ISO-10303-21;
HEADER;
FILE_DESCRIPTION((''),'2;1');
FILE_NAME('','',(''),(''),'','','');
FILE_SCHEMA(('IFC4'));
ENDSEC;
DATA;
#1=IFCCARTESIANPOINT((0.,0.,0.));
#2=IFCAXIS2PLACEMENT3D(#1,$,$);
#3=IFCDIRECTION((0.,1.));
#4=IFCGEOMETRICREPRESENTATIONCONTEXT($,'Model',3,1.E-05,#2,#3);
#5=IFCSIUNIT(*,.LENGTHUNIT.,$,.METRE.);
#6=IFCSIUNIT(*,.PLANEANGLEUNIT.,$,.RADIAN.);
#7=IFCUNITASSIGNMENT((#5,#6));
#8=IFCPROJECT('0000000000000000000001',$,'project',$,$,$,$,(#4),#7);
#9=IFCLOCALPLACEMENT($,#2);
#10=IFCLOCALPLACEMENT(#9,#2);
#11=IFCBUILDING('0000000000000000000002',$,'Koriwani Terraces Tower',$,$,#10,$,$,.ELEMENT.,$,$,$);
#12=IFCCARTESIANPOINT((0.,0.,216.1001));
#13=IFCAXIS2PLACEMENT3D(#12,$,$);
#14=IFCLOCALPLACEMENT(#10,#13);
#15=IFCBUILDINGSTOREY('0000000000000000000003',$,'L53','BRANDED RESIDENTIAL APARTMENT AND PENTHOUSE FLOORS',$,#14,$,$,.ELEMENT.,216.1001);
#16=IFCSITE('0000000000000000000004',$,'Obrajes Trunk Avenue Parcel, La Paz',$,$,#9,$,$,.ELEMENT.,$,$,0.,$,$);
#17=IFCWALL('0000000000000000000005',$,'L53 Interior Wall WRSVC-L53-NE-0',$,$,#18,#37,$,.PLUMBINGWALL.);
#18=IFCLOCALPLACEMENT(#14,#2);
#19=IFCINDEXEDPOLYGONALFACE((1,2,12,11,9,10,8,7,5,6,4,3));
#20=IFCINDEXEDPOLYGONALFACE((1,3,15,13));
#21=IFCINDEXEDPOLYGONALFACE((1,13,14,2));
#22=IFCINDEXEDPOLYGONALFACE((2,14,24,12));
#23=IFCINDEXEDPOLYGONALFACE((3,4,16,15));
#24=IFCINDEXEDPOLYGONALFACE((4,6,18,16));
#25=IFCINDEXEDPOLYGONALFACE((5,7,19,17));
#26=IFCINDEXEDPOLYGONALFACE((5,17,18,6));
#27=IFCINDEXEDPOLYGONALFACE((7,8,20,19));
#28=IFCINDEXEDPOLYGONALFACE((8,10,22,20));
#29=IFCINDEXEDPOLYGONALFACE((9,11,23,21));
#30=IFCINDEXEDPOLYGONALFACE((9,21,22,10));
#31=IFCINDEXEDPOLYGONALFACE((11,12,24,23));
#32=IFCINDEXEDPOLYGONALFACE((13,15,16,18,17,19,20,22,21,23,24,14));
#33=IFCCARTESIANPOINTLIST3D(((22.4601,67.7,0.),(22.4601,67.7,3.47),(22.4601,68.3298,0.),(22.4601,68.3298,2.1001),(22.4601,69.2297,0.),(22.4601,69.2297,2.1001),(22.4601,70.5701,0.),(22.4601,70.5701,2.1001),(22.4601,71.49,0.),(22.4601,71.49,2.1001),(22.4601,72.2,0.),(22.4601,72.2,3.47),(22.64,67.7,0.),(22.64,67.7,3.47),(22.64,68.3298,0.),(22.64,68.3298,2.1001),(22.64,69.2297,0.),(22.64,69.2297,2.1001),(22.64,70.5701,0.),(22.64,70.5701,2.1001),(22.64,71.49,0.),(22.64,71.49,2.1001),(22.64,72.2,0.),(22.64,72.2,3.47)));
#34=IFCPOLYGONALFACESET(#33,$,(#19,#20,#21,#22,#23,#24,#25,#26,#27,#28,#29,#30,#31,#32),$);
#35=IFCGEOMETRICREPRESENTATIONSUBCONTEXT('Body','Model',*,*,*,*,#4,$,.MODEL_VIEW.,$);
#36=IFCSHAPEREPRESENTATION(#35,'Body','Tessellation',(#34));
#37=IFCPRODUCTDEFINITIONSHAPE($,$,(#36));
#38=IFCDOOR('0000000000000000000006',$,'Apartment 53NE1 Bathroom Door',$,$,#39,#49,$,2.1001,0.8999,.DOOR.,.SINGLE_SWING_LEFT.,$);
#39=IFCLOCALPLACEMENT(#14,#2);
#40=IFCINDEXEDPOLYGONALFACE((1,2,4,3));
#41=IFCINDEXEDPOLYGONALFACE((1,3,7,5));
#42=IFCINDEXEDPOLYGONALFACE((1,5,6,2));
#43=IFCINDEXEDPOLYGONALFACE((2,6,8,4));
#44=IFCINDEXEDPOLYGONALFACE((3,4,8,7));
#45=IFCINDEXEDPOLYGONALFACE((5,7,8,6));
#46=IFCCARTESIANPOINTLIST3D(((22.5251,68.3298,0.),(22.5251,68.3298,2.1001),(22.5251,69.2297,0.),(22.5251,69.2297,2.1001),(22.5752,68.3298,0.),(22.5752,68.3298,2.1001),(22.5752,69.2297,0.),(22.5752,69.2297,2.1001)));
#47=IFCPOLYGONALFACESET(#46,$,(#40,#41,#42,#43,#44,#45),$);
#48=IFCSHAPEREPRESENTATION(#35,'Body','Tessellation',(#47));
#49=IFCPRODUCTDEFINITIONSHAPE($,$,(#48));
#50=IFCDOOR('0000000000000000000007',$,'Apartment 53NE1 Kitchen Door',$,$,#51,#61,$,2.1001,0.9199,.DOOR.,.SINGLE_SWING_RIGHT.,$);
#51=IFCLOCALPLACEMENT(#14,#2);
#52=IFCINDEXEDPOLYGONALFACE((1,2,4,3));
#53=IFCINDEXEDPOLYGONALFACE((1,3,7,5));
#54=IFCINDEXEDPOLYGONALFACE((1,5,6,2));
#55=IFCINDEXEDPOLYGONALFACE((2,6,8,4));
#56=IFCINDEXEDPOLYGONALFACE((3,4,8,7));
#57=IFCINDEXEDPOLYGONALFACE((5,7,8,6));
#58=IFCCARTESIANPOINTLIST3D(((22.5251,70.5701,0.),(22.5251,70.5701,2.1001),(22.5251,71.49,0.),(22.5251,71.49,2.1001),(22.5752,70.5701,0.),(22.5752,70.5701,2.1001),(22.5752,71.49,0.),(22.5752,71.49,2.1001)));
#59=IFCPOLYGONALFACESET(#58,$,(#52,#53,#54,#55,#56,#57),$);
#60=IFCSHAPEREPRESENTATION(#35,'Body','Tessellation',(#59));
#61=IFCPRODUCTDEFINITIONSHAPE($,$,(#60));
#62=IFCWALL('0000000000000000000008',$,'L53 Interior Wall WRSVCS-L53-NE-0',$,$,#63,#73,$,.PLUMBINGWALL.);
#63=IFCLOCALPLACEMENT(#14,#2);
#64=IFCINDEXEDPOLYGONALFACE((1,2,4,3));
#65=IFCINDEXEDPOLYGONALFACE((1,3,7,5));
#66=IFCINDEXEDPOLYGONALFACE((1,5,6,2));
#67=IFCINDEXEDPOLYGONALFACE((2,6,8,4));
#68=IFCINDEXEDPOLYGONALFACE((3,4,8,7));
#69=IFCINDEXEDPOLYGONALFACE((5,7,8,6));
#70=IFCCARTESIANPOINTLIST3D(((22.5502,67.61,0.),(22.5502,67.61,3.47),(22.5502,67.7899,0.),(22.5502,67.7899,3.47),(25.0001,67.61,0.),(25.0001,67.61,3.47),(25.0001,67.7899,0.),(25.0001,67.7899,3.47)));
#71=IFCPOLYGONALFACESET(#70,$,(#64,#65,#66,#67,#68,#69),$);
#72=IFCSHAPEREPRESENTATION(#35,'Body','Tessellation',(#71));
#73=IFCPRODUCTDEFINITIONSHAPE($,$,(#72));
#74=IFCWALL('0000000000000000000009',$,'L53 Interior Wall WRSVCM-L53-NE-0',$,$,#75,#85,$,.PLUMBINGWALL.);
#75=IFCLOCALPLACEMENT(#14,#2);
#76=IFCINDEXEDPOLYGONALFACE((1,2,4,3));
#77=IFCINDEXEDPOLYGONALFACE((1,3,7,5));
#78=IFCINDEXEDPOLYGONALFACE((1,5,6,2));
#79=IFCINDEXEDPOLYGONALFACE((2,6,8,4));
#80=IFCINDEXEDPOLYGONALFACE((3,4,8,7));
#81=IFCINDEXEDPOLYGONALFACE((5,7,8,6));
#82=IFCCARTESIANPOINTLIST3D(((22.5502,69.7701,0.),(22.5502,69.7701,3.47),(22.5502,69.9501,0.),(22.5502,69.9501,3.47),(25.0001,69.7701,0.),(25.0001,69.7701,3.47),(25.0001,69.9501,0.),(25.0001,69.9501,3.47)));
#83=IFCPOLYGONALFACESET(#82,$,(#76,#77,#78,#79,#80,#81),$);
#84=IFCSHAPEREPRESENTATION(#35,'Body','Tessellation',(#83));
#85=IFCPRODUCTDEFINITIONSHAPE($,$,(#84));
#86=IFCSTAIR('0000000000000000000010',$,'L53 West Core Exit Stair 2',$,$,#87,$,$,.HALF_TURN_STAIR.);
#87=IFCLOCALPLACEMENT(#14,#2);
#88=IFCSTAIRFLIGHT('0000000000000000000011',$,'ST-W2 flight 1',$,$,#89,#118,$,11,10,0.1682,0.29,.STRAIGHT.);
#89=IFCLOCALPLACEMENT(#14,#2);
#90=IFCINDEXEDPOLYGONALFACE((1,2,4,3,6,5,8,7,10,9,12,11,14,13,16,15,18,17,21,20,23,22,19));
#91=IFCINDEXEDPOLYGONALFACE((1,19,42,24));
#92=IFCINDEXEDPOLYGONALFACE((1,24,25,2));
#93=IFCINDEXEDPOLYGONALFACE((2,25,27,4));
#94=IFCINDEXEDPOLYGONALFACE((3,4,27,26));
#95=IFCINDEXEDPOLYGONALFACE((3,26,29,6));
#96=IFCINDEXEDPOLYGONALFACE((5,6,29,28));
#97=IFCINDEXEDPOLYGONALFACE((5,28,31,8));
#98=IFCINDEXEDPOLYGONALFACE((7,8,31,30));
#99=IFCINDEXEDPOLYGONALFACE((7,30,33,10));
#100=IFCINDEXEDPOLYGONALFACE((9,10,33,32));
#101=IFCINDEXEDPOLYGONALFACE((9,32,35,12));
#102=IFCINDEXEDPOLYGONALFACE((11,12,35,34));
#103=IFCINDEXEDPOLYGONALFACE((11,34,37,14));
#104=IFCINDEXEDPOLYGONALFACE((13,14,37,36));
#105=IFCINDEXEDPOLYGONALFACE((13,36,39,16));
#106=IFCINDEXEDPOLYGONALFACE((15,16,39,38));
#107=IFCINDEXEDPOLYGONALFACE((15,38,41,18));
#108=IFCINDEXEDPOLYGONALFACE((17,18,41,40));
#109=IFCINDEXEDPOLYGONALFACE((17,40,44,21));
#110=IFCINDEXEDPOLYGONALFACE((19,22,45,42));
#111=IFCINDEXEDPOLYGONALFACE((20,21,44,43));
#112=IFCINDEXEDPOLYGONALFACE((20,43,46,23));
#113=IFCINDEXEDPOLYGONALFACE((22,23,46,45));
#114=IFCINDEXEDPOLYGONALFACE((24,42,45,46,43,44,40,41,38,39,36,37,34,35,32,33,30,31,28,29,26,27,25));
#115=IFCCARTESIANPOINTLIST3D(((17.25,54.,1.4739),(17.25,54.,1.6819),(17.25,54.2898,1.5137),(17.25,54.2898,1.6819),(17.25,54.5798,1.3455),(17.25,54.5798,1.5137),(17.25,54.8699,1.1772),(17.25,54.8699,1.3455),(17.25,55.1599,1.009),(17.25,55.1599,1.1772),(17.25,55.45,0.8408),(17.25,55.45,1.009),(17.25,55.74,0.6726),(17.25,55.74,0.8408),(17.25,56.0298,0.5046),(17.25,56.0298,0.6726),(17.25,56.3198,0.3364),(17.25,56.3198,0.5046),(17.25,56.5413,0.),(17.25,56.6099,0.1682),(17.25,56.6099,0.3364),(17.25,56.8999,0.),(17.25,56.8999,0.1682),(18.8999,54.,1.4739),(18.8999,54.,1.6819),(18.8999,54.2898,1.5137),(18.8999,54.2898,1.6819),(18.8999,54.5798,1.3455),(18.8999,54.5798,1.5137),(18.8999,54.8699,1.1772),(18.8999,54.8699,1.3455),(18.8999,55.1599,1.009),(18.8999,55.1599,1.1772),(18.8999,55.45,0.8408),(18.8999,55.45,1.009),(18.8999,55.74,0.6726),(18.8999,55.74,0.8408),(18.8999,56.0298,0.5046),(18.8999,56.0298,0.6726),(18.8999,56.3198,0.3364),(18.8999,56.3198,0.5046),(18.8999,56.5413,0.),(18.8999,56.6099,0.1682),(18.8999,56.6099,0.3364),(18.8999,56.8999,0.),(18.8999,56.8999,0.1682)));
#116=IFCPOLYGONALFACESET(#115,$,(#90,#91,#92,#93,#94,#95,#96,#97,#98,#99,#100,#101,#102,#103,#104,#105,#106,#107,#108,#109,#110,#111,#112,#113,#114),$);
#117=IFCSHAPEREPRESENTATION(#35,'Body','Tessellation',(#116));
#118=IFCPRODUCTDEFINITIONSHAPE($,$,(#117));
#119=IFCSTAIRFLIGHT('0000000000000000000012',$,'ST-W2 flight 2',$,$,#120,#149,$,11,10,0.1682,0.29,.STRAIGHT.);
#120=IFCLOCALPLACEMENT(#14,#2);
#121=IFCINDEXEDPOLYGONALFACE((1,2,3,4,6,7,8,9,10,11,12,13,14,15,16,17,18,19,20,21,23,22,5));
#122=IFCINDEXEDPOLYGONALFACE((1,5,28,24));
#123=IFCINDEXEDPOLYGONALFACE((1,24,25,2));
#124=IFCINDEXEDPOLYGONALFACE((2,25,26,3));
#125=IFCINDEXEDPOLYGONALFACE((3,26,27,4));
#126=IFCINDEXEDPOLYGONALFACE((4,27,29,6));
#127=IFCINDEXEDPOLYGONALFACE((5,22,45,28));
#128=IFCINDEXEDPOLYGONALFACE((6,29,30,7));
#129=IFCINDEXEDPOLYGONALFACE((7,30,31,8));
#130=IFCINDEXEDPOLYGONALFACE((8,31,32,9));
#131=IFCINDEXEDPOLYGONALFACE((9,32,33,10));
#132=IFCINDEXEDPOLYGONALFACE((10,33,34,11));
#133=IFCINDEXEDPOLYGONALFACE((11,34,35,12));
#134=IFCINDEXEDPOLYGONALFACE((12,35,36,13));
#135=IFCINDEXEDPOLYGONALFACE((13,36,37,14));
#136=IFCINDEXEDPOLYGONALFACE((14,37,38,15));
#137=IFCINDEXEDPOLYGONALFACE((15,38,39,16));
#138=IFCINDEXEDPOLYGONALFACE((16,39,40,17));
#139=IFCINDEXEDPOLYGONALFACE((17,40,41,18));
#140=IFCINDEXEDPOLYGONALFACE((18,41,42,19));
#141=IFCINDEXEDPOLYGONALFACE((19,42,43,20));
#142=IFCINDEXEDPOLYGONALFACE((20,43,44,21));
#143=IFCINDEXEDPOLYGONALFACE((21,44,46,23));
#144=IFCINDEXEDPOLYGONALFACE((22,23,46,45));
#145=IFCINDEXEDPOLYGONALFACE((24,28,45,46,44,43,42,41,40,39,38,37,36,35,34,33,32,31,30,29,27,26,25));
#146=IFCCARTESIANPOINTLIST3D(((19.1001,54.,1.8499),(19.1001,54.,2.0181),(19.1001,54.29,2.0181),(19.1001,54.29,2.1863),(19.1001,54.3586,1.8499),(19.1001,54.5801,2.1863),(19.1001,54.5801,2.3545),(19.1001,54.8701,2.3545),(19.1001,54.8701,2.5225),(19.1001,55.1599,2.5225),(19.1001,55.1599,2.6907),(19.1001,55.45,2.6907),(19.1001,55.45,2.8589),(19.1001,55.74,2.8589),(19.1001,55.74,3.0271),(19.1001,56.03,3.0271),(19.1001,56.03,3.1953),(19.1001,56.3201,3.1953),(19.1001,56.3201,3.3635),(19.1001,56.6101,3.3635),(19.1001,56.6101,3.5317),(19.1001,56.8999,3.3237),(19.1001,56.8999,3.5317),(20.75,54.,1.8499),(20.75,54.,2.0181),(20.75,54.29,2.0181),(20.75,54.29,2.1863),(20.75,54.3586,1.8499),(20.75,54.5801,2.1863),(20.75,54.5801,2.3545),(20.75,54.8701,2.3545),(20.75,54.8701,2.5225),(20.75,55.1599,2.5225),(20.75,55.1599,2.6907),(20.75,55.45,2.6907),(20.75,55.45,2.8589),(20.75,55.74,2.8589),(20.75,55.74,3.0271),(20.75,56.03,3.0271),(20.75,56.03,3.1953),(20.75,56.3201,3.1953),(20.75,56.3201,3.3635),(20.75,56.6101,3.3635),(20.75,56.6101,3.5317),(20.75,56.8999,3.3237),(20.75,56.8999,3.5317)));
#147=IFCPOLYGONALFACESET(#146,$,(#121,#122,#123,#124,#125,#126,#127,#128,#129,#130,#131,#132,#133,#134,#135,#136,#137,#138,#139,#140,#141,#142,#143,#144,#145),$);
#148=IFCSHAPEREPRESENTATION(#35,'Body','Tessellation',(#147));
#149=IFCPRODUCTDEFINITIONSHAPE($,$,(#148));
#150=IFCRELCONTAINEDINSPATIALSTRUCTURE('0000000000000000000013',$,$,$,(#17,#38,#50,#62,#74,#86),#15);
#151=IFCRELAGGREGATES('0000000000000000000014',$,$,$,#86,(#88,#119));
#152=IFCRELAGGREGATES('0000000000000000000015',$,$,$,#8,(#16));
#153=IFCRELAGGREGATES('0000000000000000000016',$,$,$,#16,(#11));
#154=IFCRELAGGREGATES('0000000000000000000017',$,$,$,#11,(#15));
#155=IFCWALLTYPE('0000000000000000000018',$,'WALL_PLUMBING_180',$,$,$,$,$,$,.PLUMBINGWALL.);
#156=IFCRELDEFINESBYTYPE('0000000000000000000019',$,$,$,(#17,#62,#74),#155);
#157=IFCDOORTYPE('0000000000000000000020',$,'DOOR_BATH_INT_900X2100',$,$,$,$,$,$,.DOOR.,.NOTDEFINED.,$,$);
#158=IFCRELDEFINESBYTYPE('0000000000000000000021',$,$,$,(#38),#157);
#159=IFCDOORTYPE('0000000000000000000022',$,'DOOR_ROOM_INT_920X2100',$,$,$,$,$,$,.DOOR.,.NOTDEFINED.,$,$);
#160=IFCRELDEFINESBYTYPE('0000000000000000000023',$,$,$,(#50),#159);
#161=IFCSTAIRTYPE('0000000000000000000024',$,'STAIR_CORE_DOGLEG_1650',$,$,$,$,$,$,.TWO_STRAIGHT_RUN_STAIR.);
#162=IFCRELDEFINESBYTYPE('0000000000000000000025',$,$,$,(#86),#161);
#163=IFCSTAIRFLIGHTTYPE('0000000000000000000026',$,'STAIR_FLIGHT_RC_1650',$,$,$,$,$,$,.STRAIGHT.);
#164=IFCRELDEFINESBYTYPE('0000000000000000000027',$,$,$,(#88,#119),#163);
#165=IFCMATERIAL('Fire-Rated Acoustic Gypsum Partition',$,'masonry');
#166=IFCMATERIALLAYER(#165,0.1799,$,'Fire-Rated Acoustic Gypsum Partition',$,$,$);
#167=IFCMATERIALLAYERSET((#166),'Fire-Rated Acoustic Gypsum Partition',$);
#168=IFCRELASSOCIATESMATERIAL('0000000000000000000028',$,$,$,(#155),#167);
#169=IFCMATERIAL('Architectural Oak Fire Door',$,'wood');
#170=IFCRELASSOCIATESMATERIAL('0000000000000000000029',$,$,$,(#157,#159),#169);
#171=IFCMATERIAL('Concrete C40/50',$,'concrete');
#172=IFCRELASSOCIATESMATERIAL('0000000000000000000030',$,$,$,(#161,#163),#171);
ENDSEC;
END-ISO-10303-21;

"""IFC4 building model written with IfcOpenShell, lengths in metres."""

from ifc_helpers import new_model, si_unit, direction, frame, frame_2d, origin, place, context, subcontext, project, spatial, polyline, rectangle, outline, extrude, material, layer, layer_set, type_object, element, fill, aggregate, save


model = new_model("IFC4")

# Units and contexts
model_context = context("Model", 3, precision=1e-05, world=origin(), true_north=direction((0.0, 1.0)))
body_context = subcontext(model_context, "Body", "Model", "MODEL_VIEW")
ifc_project = project(units=[si_unit("LENGTHUNIT", "METRE"), si_unit("PLANEANGLEUNIT", "RADIAN")], contexts=[model_context])

# Site, building, storey
site_placement = place(None, origin())
site = spatial("IfcSite", under=ifc_project, at=site_placement, Name="Obrajes Trunk Avenue Parcel, La Paz", CompositionType="ELEMENT", RefElevation=0.0)
building_placement = place(site_placement, origin())
building = spatial("IfcBuilding", under=site, at=building_placement, Name="Koriwani Terraces Tower", CompositionType="ELEMENT")
storey_placement = place(building_placement, frame((0.0, 0.0, 216.1001)))
storey = spatial("IfcBuildingStorey", under=building, at=storey_placement, Name="L53", Description="BRANDED RESIDENTIAL APARTMENT AND PENTHOUSE FLOORS", CompositionType="ELEMENT", Elevation=216.1001)

# Shared definitions
ifc_material_1 = material(Name="Concrete C40/50", Category="concrete")

# Shared definitions
ifc_material_2 = material(Name="Architectural Oak Fire Door", Category="wood")

# Wall, openings, doors
ifc_material_3 = material(Name="Fire-Rated Acoustic Gypsum Partition", Category="masonry")
ifc_layer_1 = layer(ifc_material_3, 0.1799, Name="Fire-Rated Acoustic Gypsum Partition")
ifc_layer_set_1 = layer_set([ifc_layer_1], Name="Fire-Rated Acoustic Gypsum Partition")
wall_type_1 = type_object("IfcWallType", Name="WALL_PLUMBING_180", PredefinedType="PLUMBINGWALL", material=ifc_layer_set_1)
wall_1_placement = place(storey_placement, frame((22.55, 67.7, 0.0), z_axis=(0.0, 0.0, 1.0), x_axis=(0.0, 1.0, 0.0)))
wall_1 = element("IfcWall", 1, at=wall_1_placement, inside=storey, type_object=wall_type_1, Name="L53 Interior Wall WRSVC-L53-NE-0", PredefinedType="PLUMBINGWALL", context=body_context, shape_type="SweptSolid", body=[
    extrude(rectangle(XDim=4.5, YDim=0.1799, at=frame_2d((2.25, 0.0))), origin(), (0.0, 0.0, 1.0), 3.47),
])
opening_1_placement = place(wall_1_placement, frame((0.6299, 0.0, 0.0)))
opening_1 = element("IfcOpeningElement", 2, at=opening_1_placement, cuts=wall_1, PredefinedType="OPENING", context=body_context, shape_type="SweptSolid", body=[
    extrude(rectangle(XDim=0.8999, YDim=2.1001, at=frame_2d((0.45, 1.05))), frame((0.0, 0.1001, 0.0), z_axis=(0.0, -1.0, 0.0), x_axis=(1.0, 0.0, 0.0)), (0.0, 0.0, 1.0), 0.2),
])
opening_2_placement = place(wall_1_placement, frame((2.8701, 0.0, 0.0)))
opening_2 = element("IfcOpeningElement", 3, at=opening_2_placement, cuts=wall_1, PredefinedType="OPENING", context=body_context, shape_type="SweptSolid", body=[
    extrude(rectangle(XDim=0.9199, YDim=2.1001, at=frame_2d((0.46, 1.05))), frame((0.0, 0.1001, 0.0), z_axis=(0.0, -1.0, 0.0), x_axis=(1.0, 0.0, 0.0)), (0.0, 0.0, 1.0), 0.2),
])
door_type_1 = type_object("IfcDoorType", Name="DOOR_BATH_INT_900X2100", OperationType="NOTDEFINED", PredefinedType="DOOR", material=ifc_material_2)
door_1_placement = place(opening_1_placement, origin())
door_1 = element("IfcDoor", 4, at=door_1_placement, inside=storey, type_object=door_type_1, Name="Apartment 53NE1 Bathroom Door", OperationType="SINGLE_SWING_LEFT", OverallHeight=2.1001, OverallWidth=0.8999, PredefinedType="DOOR", context=body_context, shape_type="SweptSolid", body=[
    extrude(rectangle(XDim=0.8999, YDim=2.1001, at=frame_2d((0.45, 1.05))), frame((0.0, 0.0249, 0.0), z_axis=(0.0, -1.0, 0.0), x_axis=(1.0, 0.0, 0.0)), (0.0, 0.0, 1.0), 0.05),
])
fill(opening_1, door_1)
door_type_2 = type_object("IfcDoorType", Name="DOOR_ROOM_INT_920X2100", OperationType="NOTDEFINED", PredefinedType="DOOR", material=ifc_material_2)
door_2_placement = place(opening_2_placement, origin())
door_2 = element("IfcDoor", 5, at=door_2_placement, inside=storey, type_object=door_type_2, Name="Apartment 53NE1 Kitchen Door", OperationType="SINGLE_SWING_RIGHT", OverallHeight=2.1001, OverallWidth=0.9199, PredefinedType="DOOR", context=body_context, shape_type="SweptSolid", body=[
    extrude(rectangle(XDim=0.9199, YDim=2.1001, at=frame_2d((0.46, 1.05))), frame((0.0, 0.0249, 0.0), z_axis=(0.0, -1.0, 0.0), x_axis=(1.0, 0.0, 0.0)), (0.0, 0.0, 1.0), 0.05),
])
fill(opening_2, door_2)

# Walls
for number, where, z_axis, x_axis, name in (
    (6, (22.55, 67.7, 0.0), (0.0, 0.0, 1.0), (1.0, 0.0, 0.0), "L53 Interior Wall WRSVCS-L53-NE-0"),
    (7, (22.55, 69.8601, 0.0), (0.0, 0.0, 1.0), (1.0, 0.0, 0.0), "L53 Interior Wall WRSVCM-L53-NE-0"),
):
    element("IfcWall", number, at=place(storey_placement, frame(where, z_axis=z_axis, x_axis=x_axis)), inside=storey, type_object=wall_type_1, Name=name, PredefinedType="PLUMBINGWALL", context=body_context, shape_type="SweptSolid", body=[
        extrude(rectangle(XDim=2.45, YDim=0.1799, at=frame_2d((1.2251, 0.0))), origin(), (0.0, 0.0, 1.0), 3.47),
    ])

# Stair, stair flights
stair_type = type_object("IfcStairType", Name="STAIR_CORE_DOGLEG_1650", PredefinedType="TWO_STRAIGHT_RUN_STAIR", material=ifc_material_1)
stair_placement = place(storey_placement, origin())
stair = element("IfcStair", 8, at=stair_placement, inside=storey, type_object=stair_type, Name="L53 West Core Exit Stair 2", PredefinedType="HALF_TURN_STAIR")
stair_flight_type = type_object("IfcStairFlightType", Name="STAIR_FLIGHT_RC_1650", PredefinedType="STRAIGHT", material=ifc_material_1)
stair_flight_1_placement = place(storey_placement, frame((18.075, 56.8999, 0.0), z_axis=(0.0, 0.0, 1.0), x_axis=(0.0, -1.0, 0.0)))
stair_flight_1 = element("IfcStairFlight", 9, at=stair_flight_1_placement, type_object=stair_flight_type, Name="ST-W2 flight 1", NumberOfRisers=11, NumberOfTreads=10, PredefinedType="STRAIGHT", RiserHeight=0.1682, TreadLength=0.29, context=body_context, shape_type="SweptSolid", body=[
    extrude(outline(polyline([(0.0, 0.0), (0.0, 0.1682), (0.29, 0.1682), (0.29, 0.3364), (0.5801, 0.3364), (0.5801, 0.5046), (0.8701, 0.5046), (0.8701, 0.6726), (1.1599, 0.6726), (1.1599, 0.8408), (1.45, 0.8408), (1.45, 1.009), (1.74, 1.009), (1.74, 1.1772), (2.03, 1.1772), (2.03, 1.3455), (2.3201, 1.3455), (2.3201, 1.5137), (2.6101, 1.5137), (2.6101, 1.6819), (2.8999, 1.6819), (2.8999, 1.8501), (2.8999, 1.4739), (0.3586, 0.0), (0.0, 0.0)])), frame((0.0, 0.825, 0.0), z_axis=(0.0, -1.0, 0.0), x_axis=(1.0, 0.0, 0.0)), (0.0, 0.0, 1.0), 1.6499),
])
stair_flight_2_placement = place(storey_placement, frame((19.925, 54.0, 1.8499), z_axis=(0.0, 0.0, 1.0), x_axis=(0.0, 1.0, 0.0)))
stair_flight_2 = element("IfcStairFlight", 10, at=stair_flight_2_placement, type_object=stair_flight_type, Name="ST-W2 flight 2", NumberOfRisers=11, NumberOfTreads=10, PredefinedType="STRAIGHT", RiserHeight=0.1682, TreadLength=0.29, context=body_context, shape_type="SweptSolid", body=[
    extrude(outline(polyline([(0.0, 0.0), (0.0, 0.1682), (0.29, 0.1682), (0.29, 0.3364), (0.5801, 0.3364), (0.5801, 0.5046), (0.8701, 0.5046), (0.8701, 0.6726), (1.1599, 0.6726), (1.1599, 0.8408), (1.45, 0.8408), (1.45, 1.009), (1.74, 1.009), (1.74, 1.1772), (2.03, 1.1772), (2.03, 1.3455), (2.3201, 1.3455), (2.3201, 1.5137), (2.6101, 1.5137), (2.6101, 1.6819), (2.8999, 1.6819), (2.8999, 1.8501), (2.8999, 1.4739), (0.3586, 0.0), (0.0, 0.0)])), frame((0.0, 0.825, 0.0), z_axis=(0.0, -1.0, 0.0), x_axis=(1.0, 0.0, 0.0)), (0.0, 0.0, 1.0), 1.6499),
])
aggregate(stair, [stair_flight_1, stair_flight_2])

save(model, "model.ifc")
